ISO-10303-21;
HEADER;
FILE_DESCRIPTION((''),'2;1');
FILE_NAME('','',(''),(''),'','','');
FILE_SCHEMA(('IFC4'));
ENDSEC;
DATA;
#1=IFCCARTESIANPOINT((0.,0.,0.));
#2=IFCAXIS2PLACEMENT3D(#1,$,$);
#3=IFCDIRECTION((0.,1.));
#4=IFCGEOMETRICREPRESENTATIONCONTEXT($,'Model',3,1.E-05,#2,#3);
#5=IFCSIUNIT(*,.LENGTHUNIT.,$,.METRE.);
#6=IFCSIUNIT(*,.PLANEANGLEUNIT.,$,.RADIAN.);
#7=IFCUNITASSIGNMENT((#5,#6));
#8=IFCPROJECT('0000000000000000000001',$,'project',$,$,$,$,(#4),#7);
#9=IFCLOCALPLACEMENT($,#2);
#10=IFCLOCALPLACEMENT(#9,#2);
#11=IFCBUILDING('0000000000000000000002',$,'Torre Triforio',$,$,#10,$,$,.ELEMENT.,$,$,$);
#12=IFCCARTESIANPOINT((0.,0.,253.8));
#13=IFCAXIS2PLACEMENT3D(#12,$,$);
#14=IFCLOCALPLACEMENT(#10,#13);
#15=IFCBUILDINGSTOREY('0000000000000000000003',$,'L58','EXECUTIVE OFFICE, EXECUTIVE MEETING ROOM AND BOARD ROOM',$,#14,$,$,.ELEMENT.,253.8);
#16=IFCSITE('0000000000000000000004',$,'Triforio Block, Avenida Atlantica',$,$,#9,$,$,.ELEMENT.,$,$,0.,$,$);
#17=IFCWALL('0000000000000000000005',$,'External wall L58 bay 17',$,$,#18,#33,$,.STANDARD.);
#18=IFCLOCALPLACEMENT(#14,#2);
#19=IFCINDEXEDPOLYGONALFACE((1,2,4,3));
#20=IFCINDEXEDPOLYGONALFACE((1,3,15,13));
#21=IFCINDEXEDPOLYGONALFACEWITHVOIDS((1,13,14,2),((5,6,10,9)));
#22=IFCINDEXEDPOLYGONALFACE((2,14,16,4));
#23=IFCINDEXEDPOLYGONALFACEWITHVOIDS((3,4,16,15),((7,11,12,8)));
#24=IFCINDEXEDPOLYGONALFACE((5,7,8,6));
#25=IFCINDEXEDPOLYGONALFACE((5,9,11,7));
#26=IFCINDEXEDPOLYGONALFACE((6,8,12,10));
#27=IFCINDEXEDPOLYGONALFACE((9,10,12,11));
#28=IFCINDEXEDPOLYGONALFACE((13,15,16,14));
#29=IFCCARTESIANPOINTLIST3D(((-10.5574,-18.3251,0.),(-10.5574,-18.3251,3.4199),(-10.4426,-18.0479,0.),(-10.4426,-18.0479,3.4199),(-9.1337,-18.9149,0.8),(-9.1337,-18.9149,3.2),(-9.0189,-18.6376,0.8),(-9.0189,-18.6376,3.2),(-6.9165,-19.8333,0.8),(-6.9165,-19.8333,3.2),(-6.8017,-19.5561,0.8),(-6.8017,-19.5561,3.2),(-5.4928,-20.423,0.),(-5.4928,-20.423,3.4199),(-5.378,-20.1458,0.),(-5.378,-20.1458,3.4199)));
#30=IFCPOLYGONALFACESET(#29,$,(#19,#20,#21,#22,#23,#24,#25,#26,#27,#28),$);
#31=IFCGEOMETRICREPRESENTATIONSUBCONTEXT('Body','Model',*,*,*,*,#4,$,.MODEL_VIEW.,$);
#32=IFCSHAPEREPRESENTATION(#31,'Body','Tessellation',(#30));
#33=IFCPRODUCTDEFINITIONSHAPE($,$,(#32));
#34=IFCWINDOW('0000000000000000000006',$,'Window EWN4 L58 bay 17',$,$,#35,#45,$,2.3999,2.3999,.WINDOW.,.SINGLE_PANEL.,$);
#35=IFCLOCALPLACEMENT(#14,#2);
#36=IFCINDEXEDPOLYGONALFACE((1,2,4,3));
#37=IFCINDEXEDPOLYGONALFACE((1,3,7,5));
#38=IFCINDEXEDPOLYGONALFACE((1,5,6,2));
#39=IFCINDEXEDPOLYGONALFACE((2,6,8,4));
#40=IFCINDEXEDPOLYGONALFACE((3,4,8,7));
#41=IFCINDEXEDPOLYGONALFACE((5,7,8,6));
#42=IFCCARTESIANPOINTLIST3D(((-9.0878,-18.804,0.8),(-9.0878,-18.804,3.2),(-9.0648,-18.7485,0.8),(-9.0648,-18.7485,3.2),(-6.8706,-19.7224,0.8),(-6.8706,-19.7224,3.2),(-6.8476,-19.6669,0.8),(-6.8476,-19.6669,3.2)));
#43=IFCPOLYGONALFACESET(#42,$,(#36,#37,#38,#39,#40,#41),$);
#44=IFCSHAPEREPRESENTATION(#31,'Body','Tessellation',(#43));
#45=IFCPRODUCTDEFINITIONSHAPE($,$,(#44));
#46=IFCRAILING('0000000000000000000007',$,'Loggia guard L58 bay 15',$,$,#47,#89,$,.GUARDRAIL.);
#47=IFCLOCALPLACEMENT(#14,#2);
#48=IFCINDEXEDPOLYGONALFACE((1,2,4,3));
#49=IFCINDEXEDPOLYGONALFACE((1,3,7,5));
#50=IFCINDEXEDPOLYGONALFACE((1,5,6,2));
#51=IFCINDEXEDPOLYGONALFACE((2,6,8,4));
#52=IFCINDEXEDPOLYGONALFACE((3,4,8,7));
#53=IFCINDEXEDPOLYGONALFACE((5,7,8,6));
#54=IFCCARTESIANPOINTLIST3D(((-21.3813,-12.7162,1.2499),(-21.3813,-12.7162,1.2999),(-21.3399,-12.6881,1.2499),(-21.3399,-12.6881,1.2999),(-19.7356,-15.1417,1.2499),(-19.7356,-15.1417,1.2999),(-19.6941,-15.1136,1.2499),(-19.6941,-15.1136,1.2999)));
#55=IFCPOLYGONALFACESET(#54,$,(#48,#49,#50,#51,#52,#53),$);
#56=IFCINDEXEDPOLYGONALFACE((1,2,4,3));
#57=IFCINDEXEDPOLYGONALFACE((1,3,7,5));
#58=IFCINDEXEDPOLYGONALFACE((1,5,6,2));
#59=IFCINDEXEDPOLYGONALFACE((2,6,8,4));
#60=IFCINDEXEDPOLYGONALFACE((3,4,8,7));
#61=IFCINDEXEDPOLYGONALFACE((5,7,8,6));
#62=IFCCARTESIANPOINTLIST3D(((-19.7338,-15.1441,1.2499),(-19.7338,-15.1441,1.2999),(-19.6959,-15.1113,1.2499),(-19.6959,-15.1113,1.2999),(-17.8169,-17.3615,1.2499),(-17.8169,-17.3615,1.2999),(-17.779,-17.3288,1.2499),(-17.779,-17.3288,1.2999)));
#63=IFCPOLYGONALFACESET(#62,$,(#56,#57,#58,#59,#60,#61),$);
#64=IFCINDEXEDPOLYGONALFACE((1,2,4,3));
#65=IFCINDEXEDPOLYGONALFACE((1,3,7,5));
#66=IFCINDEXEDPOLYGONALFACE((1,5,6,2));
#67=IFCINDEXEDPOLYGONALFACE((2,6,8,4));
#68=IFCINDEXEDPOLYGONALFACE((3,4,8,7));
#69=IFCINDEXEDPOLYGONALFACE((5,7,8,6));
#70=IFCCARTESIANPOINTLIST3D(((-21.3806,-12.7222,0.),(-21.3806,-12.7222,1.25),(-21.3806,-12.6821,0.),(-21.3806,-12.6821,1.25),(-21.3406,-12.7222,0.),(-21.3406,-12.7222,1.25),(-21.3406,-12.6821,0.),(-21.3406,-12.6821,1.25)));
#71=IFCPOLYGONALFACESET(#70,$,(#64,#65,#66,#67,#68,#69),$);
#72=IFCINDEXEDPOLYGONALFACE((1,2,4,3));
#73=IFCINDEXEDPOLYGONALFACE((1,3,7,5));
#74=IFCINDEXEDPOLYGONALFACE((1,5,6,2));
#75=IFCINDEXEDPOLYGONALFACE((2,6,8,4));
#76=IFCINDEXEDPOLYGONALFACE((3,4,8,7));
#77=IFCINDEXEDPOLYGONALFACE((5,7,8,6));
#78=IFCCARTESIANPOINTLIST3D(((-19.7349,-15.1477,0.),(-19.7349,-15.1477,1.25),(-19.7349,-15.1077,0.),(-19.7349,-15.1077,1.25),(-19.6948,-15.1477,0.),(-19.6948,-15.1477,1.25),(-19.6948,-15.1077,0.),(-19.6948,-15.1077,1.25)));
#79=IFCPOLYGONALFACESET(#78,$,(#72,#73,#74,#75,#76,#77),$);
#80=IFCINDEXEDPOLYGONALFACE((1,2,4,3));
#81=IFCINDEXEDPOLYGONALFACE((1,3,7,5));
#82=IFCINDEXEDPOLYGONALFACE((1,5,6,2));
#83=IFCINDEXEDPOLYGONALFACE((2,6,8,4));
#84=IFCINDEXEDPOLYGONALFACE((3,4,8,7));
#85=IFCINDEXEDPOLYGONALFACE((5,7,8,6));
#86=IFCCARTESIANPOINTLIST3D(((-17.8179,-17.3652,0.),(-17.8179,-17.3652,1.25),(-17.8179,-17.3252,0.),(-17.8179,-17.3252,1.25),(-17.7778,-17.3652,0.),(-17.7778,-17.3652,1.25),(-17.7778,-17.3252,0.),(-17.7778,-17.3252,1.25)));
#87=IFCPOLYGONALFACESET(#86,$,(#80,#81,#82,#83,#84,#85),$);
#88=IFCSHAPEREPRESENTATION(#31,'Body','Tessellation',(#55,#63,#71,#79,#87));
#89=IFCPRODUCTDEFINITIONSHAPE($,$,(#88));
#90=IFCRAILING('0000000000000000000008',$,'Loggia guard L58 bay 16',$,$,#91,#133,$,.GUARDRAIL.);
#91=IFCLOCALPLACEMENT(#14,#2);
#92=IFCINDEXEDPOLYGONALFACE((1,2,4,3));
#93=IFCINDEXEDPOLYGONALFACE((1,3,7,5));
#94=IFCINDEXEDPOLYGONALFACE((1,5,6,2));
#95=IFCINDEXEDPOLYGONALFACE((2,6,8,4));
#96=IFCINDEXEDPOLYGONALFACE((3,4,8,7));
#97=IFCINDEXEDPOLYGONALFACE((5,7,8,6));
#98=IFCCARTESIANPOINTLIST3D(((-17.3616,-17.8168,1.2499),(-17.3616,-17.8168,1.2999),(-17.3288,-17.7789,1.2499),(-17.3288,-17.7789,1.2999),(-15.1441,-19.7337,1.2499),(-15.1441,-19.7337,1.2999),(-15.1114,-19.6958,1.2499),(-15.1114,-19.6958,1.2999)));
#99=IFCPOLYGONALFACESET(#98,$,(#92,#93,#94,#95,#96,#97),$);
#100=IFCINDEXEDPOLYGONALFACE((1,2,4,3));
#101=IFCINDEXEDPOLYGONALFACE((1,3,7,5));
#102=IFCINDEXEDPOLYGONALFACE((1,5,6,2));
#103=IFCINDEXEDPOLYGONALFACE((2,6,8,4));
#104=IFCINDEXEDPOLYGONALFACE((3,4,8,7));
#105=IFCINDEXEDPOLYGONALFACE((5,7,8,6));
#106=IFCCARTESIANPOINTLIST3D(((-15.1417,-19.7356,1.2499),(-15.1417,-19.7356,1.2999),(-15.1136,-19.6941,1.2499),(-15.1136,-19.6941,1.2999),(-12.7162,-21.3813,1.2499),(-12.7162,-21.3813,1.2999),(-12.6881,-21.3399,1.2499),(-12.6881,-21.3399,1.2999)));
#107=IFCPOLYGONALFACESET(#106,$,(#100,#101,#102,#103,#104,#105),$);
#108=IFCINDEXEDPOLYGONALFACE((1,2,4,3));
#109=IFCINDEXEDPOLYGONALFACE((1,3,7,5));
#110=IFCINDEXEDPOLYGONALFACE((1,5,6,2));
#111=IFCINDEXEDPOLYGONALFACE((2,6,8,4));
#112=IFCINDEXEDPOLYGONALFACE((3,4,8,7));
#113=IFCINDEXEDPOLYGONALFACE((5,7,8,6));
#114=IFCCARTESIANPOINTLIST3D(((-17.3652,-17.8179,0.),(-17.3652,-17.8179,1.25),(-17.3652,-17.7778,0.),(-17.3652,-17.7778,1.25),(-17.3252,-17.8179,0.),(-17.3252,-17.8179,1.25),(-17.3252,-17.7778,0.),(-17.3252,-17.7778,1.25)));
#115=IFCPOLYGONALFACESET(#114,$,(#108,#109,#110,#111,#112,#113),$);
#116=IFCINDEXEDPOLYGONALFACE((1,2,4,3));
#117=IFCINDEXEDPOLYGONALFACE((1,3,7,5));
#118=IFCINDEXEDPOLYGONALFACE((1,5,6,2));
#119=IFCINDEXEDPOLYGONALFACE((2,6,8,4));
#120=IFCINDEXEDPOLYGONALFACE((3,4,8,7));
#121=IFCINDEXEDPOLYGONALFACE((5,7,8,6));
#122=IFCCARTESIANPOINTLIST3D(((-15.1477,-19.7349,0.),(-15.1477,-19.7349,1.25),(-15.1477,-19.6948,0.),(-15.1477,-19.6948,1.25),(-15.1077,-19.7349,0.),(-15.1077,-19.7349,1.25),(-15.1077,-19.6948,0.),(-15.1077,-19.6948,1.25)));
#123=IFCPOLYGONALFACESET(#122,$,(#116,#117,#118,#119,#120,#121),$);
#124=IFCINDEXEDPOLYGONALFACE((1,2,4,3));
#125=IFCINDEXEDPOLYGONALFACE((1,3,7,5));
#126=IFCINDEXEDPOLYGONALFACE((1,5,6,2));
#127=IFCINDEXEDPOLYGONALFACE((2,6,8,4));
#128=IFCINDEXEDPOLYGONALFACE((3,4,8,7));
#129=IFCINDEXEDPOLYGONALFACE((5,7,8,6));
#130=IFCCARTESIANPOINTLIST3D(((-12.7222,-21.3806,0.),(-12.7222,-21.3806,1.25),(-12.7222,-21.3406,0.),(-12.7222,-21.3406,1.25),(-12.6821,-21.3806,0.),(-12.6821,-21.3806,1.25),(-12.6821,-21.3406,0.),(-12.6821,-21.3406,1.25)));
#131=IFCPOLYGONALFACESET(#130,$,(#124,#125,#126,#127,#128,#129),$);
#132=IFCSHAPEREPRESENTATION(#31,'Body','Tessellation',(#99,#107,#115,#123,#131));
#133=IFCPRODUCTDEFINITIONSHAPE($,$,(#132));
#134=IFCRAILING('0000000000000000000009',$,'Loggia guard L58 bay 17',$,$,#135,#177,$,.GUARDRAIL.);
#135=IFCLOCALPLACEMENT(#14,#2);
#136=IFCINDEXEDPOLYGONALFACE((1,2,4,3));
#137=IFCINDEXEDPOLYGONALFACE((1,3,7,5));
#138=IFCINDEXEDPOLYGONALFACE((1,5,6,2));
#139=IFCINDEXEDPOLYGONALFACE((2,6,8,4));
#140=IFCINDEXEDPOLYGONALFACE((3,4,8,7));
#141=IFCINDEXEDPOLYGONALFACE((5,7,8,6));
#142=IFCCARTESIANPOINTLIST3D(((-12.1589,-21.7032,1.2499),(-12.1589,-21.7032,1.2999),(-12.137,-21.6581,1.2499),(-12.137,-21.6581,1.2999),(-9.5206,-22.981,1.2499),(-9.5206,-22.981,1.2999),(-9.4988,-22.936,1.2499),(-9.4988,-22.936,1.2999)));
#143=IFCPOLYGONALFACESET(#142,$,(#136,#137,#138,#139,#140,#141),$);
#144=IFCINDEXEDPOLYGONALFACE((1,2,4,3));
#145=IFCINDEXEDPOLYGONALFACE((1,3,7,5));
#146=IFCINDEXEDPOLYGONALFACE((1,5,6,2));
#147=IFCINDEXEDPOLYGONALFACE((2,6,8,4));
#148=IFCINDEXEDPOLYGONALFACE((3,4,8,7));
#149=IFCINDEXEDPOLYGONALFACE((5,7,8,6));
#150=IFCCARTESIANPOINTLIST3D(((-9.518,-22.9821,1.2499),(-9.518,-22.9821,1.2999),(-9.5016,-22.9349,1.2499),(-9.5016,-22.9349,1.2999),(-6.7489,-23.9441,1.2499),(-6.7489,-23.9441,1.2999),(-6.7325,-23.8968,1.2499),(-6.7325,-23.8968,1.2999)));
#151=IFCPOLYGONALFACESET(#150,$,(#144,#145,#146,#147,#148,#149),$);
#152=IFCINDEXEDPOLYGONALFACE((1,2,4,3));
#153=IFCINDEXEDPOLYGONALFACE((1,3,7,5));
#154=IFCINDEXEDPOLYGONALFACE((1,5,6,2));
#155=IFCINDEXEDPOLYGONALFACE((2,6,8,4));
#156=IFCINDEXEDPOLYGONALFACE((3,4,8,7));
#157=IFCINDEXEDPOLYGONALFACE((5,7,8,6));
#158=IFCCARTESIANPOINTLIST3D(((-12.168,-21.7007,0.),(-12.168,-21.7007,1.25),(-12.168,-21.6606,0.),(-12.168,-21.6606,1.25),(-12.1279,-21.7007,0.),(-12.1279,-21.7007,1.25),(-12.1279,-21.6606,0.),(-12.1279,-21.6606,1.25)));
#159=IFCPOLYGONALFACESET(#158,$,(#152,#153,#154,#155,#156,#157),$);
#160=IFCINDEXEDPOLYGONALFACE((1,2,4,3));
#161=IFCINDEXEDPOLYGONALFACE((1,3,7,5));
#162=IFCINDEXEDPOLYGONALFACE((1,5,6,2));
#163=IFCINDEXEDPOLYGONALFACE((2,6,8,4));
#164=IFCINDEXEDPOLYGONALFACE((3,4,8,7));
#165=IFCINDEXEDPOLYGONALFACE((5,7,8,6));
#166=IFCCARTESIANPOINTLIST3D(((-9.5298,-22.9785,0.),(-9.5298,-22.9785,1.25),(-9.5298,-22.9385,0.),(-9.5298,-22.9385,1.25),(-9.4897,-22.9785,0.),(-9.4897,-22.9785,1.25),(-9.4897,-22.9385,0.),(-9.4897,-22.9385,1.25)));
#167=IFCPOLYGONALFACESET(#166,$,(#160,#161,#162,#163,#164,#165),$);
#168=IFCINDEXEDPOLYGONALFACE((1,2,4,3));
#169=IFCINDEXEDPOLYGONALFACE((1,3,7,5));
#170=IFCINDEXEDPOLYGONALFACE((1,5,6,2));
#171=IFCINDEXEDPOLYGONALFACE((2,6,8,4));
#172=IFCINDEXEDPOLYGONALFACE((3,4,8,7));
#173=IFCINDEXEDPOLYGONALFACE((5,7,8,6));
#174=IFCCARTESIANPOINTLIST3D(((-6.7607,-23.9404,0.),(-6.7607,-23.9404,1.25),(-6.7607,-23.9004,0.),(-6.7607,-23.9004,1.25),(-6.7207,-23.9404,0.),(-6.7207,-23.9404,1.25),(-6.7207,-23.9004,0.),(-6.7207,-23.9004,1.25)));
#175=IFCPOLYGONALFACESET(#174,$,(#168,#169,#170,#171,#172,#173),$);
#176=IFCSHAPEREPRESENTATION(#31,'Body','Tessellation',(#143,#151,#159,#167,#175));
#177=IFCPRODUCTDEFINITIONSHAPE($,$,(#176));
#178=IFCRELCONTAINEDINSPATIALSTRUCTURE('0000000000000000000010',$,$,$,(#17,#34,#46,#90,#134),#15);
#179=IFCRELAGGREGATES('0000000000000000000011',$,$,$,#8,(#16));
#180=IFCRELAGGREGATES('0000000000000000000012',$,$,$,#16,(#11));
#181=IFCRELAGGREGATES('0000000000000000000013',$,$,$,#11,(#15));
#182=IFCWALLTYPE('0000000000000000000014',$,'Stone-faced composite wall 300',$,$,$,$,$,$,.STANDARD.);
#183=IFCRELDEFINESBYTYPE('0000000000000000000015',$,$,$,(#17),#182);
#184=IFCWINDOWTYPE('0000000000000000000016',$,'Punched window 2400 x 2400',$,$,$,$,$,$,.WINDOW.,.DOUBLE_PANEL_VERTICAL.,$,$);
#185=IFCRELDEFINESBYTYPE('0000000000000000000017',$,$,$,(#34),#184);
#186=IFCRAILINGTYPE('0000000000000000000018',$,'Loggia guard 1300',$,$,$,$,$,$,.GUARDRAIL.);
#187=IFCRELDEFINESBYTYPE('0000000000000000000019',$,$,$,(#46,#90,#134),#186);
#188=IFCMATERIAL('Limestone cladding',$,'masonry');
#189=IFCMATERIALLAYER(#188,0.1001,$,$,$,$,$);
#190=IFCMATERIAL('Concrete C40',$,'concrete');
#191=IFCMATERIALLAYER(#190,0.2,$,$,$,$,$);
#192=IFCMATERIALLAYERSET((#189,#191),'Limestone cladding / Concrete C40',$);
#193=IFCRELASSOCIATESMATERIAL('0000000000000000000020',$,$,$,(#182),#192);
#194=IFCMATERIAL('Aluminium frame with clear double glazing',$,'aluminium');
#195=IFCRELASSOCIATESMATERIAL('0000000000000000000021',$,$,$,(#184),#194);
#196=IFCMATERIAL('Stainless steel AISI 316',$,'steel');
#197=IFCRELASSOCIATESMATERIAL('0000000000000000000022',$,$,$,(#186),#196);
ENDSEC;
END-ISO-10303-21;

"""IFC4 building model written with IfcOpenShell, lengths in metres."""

from ifc_helpers import new_model, si_unit, direction, frame, frame_2d, origin, origin_2d, place, context, subcontext, project, spatial, rectangle, extrude, material, layer, layer_set, type_object, element, fill, save


model = new_model("IFC4")

# Units and contexts
model_context = context("Model", 3, precision=1e-05, world=origin(), true_north=direction((0.0, 1.0)))
body_context = subcontext(model_context, "Body", "Model", "MODEL_VIEW")
ifc_project = project(units=[si_unit("LENGTHUNIT", "METRE"), si_unit("PLANEANGLEUNIT", "RADIAN")], contexts=[model_context])

# Site, building, storey
site_placement = place(None, origin())
site = spatial("IfcSite", under=ifc_project, at=site_placement, Name="Triforio Block, Avenida Atlantica", CompositionType="ELEMENT", RefElevation=0.0)
building_placement = place(site_placement, origin())
building = spatial("IfcBuilding", under=site, at=building_placement, Name="Torre Triforio", CompositionType="ELEMENT")
storey_placement = place(building_placement, frame((0.0, 0.0, 253.8)))
storey = spatial("IfcBuildingStorey", under=building, at=storey_placement, Name="L58", Description="EXECUTIVE OFFICE, EXECUTIVE MEETING ROOM AND BOARD ROOM", CompositionType="ELEMENT", Elevation=253.8)

# Shared definitions
ifc_material_1 = material(Name="Concrete C40", Category="concrete")

# Shared definitions
ifc_material_2 = material(Name="Limestone cladding", Category="masonry")

# Shared definitions
ifc_layer_1 = layer(ifc_material_2, 0.1001)
ifc_layer_2 = layer(ifc_material_1, 0.2)
ifc_layer_set_1 = layer_set([ifc_layer_1, ifc_layer_2], Name="Limestone cladding / Concrete C40")
wall_type_1 = type_object("IfcWallType", Name="Stone-faced composite wall 300", PredefinedType="STANDARD", material=ifc_layer_set_1)
ifc_material_3 = material(Name="Aluminium frame with clear double glazing", Category="aluminium")
window_type_1 = type_object("IfcWindowType", Name="Punched window 2400 x 2400", PartitioningType="DOUBLE_PANEL_VERTICAL", PredefinedType="WINDOW", material=ifc_material_3)

# Wall, opening, window
wall_1_placement = place(storey_placement, frame((-10.5, -18.1865, 0.0), z_axis=(0.0, 0.0, 1.0), x_axis=(0.923877, -0.382689, 0.0)))
wall_1 = element("IfcWall", 1, at=wall_1_placement, inside=storey, type_object=wall_type_1, Name="External wall L58 bay 17", PredefinedType="STANDARD", context=body_context, shape_type="SweptSolid", body=[
    extrude(rectangle(XDim=5.4819, YDim=0.3, at=frame_2d((2.741, 0.0))), origin(), (0.0, 0.0, 1.0), 3.4199),
])
opening_1_placement = place(wall_1_placement, frame((1.541, 0.0, 0.8)))
opening_1 = element("IfcOpeningElement", 2, at=opening_1_placement, cuts=wall_1, PredefinedType="OPENING", context=body_context, shape_type="SweptSolid", body=[
    extrude(rectangle(XDim=2.3999, YDim=2.3999, at=frame_2d((1.2, 1.2))), frame((0.0, 0.1599, 0.0), z_axis=(0.0, -1.0, 0.0), x_axis=(1.0, 0.0, 0.0)), (0.0, 0.0, 1.0), 0.3201),
])
window_1_placement = place(opening_1_placement, origin())
window_1 = element("IfcWindow", 3, at=window_1_placement, inside=storey, type_object=window_type_1, Name="Window EWN4 L58 bay 17", OverallHeight=2.3999, OverallWidth=2.3999, PartitioningType="SINGLE_PANEL", PredefinedType="WINDOW", context=body_context, shape_type="SweptSolid", body=[
    extrude(rectangle(XDim=2.3999, YDim=2.3999, at=frame_2d((1.2, 1.2))), frame((0.0, 0.03, 0.0), z_axis=(0.0, -1.0, 0.0), x_axis=(1.0, 0.0, 0.0)), (0.0, 0.0, 1.0), 0.0601),
])
fill(opening_1, window_1)

# Railings
ifc_material_4 = material(Name="Stainless steel AISI 316", Category="steel")
railing_type = type_object("IfcRailingType", Name="Loggia guard 1300", PredefinedType="GUARDRAIL", material=ifc_material_4)
railing_1_placement = place(storey_placement, frame((-21.3606, -12.7021, 0.0)))
element("IfcRailing", 4, at=railing_1_placement, inside=storey, type_object=railing_type, Name="Loggia guard L58 bay 15", PredefinedType="GUARDRAIL", context=body_context, shape_type="SweptSolid", body=[
    extrude(rectangle(XDim=0.05, YDim=0.05, at=origin_2d()), frame((0.0, 0.0, 1.2749), z_axis=(0.561467, -0.827499, 0.0), x_axis=(0.827499, 0.561467, 0.0)), (0.0, 0.0, 1.0), 2.9312),
    extrude(rectangle(XDim=0.05, YDim=0.05, at=origin_2d()), frame((1.6458, -2.4255, 1.2749), z_axis=(0.653982, -0.75651, 0.0), x_axis=(0.75651, 0.653982, 0.0)), (0.0, 0.0, 1.0), 2.9312),
    extrude(rectangle(XDim=0.04, YDim=0.04, at=origin_2d()), origin(), (0.0, 0.0, 1.0), 1.25),
    extrude(rectangle(XDim=0.04, YDim=0.04, at=origin_2d()), frame((1.6458, -2.4255, 0.0)), (0.0, 0.0, 1.0), 1.25),
    extrude(rectangle(XDim=0.04, YDim=0.04, at=origin_2d()), frame((3.5627, -4.6431, 0.0)), (0.0, 0.0, 1.0), 1.25),
])
railing_2_placement = place(storey_placement, frame((-17.3452, -17.7979, 0.0)))
element("IfcRailing", 5, at=railing_2_placement, inside=storey, type_object=railing_type, Name="Loggia guard L58 bay 16", PredefinedType="GUARDRAIL", context=body_context, shape_type="SweptSolid", body=[
    extrude(rectangle(XDim=0.05, YDim=0.05, at=origin_2d()), frame((0.0, 0.0, 1.2749), z_axis=(0.75651, -0.653982, 0.0), x_axis=(0.653982, 0.75651, 0.0)), (0.0, 0.0, 1.0), 2.9312),
    extrude(rectangle(XDim=0.05, YDim=0.05, at=origin_2d()), frame((2.2175, -1.917, 1.2749), z_axis=(0.827499, -0.561467, 0.0), x_axis=(0.561467, 0.827499, 0.0)), (0.0, 0.0, 1.0), 2.9312),
    extrude(rectangle(XDim=0.04, YDim=0.04, at=origin_2d()), origin(), (0.0, 0.0, 1.0), 1.25),
    extrude(rectangle(XDim=0.04, YDim=0.04, at=origin_2d()), frame((2.2175, -1.917, 0.0)), (0.0, 0.0, 1.0), 1.25),
    extrude(rectangle(XDim=0.04, YDim=0.04, at=origin_2d()), frame((4.6431, -3.5627, 0.0)), (0.0, 0.0, 1.0), 1.25),
])
railing_3_placement = place(storey_placement, frame((-12.1479, -21.6807, 0.0)))
element("IfcRailing", 6, at=railing_3_placement, inside=storey, type_object=railing_type, Name="Loggia guard L58 bay 17", PredefinedType="GUARDRAIL", context=body_context, shape_type="SweptSolid", body=[
    extrude(rectangle(XDim=0.05, YDim=0.05, at=origin_2d()), frame((0.0, 0.0, 1.2749), z_axis=(0.899986, -0.435918, 0.0), x_axis=(0.435918, 0.899986, 0.0)), (0.0, 0.0, 1.0), 2.9314),
    extrude(rectangle(XDim=0.05, YDim=0.05, at=origin_2d()), frame((2.6382, -1.2778, 1.2749), z_axis=(0.944627, -0.328146, 0.0), x_axis=(0.328146, 0.944627, 0.0)), (0.0, 0.0, 1.0), 2.9314),
    extrude(rectangle(XDim=0.04, YDim=0.04, at=origin_2d()), origin(), (0.0, 0.0, 1.0), 1.25),
    extrude(rectangle(XDim=0.04, YDim=0.04, at=origin_2d()), frame((2.6382, -1.2778, 0.0)), (0.0, 0.0, 1.0), 1.25),
    extrude(rectangle(XDim=0.04, YDim=0.04, at=origin_2d()), frame((5.4072, -2.2397, 0.0)), (0.0, 0.0, 1.0), 1.25),
])

save(model, "model.ifc")
